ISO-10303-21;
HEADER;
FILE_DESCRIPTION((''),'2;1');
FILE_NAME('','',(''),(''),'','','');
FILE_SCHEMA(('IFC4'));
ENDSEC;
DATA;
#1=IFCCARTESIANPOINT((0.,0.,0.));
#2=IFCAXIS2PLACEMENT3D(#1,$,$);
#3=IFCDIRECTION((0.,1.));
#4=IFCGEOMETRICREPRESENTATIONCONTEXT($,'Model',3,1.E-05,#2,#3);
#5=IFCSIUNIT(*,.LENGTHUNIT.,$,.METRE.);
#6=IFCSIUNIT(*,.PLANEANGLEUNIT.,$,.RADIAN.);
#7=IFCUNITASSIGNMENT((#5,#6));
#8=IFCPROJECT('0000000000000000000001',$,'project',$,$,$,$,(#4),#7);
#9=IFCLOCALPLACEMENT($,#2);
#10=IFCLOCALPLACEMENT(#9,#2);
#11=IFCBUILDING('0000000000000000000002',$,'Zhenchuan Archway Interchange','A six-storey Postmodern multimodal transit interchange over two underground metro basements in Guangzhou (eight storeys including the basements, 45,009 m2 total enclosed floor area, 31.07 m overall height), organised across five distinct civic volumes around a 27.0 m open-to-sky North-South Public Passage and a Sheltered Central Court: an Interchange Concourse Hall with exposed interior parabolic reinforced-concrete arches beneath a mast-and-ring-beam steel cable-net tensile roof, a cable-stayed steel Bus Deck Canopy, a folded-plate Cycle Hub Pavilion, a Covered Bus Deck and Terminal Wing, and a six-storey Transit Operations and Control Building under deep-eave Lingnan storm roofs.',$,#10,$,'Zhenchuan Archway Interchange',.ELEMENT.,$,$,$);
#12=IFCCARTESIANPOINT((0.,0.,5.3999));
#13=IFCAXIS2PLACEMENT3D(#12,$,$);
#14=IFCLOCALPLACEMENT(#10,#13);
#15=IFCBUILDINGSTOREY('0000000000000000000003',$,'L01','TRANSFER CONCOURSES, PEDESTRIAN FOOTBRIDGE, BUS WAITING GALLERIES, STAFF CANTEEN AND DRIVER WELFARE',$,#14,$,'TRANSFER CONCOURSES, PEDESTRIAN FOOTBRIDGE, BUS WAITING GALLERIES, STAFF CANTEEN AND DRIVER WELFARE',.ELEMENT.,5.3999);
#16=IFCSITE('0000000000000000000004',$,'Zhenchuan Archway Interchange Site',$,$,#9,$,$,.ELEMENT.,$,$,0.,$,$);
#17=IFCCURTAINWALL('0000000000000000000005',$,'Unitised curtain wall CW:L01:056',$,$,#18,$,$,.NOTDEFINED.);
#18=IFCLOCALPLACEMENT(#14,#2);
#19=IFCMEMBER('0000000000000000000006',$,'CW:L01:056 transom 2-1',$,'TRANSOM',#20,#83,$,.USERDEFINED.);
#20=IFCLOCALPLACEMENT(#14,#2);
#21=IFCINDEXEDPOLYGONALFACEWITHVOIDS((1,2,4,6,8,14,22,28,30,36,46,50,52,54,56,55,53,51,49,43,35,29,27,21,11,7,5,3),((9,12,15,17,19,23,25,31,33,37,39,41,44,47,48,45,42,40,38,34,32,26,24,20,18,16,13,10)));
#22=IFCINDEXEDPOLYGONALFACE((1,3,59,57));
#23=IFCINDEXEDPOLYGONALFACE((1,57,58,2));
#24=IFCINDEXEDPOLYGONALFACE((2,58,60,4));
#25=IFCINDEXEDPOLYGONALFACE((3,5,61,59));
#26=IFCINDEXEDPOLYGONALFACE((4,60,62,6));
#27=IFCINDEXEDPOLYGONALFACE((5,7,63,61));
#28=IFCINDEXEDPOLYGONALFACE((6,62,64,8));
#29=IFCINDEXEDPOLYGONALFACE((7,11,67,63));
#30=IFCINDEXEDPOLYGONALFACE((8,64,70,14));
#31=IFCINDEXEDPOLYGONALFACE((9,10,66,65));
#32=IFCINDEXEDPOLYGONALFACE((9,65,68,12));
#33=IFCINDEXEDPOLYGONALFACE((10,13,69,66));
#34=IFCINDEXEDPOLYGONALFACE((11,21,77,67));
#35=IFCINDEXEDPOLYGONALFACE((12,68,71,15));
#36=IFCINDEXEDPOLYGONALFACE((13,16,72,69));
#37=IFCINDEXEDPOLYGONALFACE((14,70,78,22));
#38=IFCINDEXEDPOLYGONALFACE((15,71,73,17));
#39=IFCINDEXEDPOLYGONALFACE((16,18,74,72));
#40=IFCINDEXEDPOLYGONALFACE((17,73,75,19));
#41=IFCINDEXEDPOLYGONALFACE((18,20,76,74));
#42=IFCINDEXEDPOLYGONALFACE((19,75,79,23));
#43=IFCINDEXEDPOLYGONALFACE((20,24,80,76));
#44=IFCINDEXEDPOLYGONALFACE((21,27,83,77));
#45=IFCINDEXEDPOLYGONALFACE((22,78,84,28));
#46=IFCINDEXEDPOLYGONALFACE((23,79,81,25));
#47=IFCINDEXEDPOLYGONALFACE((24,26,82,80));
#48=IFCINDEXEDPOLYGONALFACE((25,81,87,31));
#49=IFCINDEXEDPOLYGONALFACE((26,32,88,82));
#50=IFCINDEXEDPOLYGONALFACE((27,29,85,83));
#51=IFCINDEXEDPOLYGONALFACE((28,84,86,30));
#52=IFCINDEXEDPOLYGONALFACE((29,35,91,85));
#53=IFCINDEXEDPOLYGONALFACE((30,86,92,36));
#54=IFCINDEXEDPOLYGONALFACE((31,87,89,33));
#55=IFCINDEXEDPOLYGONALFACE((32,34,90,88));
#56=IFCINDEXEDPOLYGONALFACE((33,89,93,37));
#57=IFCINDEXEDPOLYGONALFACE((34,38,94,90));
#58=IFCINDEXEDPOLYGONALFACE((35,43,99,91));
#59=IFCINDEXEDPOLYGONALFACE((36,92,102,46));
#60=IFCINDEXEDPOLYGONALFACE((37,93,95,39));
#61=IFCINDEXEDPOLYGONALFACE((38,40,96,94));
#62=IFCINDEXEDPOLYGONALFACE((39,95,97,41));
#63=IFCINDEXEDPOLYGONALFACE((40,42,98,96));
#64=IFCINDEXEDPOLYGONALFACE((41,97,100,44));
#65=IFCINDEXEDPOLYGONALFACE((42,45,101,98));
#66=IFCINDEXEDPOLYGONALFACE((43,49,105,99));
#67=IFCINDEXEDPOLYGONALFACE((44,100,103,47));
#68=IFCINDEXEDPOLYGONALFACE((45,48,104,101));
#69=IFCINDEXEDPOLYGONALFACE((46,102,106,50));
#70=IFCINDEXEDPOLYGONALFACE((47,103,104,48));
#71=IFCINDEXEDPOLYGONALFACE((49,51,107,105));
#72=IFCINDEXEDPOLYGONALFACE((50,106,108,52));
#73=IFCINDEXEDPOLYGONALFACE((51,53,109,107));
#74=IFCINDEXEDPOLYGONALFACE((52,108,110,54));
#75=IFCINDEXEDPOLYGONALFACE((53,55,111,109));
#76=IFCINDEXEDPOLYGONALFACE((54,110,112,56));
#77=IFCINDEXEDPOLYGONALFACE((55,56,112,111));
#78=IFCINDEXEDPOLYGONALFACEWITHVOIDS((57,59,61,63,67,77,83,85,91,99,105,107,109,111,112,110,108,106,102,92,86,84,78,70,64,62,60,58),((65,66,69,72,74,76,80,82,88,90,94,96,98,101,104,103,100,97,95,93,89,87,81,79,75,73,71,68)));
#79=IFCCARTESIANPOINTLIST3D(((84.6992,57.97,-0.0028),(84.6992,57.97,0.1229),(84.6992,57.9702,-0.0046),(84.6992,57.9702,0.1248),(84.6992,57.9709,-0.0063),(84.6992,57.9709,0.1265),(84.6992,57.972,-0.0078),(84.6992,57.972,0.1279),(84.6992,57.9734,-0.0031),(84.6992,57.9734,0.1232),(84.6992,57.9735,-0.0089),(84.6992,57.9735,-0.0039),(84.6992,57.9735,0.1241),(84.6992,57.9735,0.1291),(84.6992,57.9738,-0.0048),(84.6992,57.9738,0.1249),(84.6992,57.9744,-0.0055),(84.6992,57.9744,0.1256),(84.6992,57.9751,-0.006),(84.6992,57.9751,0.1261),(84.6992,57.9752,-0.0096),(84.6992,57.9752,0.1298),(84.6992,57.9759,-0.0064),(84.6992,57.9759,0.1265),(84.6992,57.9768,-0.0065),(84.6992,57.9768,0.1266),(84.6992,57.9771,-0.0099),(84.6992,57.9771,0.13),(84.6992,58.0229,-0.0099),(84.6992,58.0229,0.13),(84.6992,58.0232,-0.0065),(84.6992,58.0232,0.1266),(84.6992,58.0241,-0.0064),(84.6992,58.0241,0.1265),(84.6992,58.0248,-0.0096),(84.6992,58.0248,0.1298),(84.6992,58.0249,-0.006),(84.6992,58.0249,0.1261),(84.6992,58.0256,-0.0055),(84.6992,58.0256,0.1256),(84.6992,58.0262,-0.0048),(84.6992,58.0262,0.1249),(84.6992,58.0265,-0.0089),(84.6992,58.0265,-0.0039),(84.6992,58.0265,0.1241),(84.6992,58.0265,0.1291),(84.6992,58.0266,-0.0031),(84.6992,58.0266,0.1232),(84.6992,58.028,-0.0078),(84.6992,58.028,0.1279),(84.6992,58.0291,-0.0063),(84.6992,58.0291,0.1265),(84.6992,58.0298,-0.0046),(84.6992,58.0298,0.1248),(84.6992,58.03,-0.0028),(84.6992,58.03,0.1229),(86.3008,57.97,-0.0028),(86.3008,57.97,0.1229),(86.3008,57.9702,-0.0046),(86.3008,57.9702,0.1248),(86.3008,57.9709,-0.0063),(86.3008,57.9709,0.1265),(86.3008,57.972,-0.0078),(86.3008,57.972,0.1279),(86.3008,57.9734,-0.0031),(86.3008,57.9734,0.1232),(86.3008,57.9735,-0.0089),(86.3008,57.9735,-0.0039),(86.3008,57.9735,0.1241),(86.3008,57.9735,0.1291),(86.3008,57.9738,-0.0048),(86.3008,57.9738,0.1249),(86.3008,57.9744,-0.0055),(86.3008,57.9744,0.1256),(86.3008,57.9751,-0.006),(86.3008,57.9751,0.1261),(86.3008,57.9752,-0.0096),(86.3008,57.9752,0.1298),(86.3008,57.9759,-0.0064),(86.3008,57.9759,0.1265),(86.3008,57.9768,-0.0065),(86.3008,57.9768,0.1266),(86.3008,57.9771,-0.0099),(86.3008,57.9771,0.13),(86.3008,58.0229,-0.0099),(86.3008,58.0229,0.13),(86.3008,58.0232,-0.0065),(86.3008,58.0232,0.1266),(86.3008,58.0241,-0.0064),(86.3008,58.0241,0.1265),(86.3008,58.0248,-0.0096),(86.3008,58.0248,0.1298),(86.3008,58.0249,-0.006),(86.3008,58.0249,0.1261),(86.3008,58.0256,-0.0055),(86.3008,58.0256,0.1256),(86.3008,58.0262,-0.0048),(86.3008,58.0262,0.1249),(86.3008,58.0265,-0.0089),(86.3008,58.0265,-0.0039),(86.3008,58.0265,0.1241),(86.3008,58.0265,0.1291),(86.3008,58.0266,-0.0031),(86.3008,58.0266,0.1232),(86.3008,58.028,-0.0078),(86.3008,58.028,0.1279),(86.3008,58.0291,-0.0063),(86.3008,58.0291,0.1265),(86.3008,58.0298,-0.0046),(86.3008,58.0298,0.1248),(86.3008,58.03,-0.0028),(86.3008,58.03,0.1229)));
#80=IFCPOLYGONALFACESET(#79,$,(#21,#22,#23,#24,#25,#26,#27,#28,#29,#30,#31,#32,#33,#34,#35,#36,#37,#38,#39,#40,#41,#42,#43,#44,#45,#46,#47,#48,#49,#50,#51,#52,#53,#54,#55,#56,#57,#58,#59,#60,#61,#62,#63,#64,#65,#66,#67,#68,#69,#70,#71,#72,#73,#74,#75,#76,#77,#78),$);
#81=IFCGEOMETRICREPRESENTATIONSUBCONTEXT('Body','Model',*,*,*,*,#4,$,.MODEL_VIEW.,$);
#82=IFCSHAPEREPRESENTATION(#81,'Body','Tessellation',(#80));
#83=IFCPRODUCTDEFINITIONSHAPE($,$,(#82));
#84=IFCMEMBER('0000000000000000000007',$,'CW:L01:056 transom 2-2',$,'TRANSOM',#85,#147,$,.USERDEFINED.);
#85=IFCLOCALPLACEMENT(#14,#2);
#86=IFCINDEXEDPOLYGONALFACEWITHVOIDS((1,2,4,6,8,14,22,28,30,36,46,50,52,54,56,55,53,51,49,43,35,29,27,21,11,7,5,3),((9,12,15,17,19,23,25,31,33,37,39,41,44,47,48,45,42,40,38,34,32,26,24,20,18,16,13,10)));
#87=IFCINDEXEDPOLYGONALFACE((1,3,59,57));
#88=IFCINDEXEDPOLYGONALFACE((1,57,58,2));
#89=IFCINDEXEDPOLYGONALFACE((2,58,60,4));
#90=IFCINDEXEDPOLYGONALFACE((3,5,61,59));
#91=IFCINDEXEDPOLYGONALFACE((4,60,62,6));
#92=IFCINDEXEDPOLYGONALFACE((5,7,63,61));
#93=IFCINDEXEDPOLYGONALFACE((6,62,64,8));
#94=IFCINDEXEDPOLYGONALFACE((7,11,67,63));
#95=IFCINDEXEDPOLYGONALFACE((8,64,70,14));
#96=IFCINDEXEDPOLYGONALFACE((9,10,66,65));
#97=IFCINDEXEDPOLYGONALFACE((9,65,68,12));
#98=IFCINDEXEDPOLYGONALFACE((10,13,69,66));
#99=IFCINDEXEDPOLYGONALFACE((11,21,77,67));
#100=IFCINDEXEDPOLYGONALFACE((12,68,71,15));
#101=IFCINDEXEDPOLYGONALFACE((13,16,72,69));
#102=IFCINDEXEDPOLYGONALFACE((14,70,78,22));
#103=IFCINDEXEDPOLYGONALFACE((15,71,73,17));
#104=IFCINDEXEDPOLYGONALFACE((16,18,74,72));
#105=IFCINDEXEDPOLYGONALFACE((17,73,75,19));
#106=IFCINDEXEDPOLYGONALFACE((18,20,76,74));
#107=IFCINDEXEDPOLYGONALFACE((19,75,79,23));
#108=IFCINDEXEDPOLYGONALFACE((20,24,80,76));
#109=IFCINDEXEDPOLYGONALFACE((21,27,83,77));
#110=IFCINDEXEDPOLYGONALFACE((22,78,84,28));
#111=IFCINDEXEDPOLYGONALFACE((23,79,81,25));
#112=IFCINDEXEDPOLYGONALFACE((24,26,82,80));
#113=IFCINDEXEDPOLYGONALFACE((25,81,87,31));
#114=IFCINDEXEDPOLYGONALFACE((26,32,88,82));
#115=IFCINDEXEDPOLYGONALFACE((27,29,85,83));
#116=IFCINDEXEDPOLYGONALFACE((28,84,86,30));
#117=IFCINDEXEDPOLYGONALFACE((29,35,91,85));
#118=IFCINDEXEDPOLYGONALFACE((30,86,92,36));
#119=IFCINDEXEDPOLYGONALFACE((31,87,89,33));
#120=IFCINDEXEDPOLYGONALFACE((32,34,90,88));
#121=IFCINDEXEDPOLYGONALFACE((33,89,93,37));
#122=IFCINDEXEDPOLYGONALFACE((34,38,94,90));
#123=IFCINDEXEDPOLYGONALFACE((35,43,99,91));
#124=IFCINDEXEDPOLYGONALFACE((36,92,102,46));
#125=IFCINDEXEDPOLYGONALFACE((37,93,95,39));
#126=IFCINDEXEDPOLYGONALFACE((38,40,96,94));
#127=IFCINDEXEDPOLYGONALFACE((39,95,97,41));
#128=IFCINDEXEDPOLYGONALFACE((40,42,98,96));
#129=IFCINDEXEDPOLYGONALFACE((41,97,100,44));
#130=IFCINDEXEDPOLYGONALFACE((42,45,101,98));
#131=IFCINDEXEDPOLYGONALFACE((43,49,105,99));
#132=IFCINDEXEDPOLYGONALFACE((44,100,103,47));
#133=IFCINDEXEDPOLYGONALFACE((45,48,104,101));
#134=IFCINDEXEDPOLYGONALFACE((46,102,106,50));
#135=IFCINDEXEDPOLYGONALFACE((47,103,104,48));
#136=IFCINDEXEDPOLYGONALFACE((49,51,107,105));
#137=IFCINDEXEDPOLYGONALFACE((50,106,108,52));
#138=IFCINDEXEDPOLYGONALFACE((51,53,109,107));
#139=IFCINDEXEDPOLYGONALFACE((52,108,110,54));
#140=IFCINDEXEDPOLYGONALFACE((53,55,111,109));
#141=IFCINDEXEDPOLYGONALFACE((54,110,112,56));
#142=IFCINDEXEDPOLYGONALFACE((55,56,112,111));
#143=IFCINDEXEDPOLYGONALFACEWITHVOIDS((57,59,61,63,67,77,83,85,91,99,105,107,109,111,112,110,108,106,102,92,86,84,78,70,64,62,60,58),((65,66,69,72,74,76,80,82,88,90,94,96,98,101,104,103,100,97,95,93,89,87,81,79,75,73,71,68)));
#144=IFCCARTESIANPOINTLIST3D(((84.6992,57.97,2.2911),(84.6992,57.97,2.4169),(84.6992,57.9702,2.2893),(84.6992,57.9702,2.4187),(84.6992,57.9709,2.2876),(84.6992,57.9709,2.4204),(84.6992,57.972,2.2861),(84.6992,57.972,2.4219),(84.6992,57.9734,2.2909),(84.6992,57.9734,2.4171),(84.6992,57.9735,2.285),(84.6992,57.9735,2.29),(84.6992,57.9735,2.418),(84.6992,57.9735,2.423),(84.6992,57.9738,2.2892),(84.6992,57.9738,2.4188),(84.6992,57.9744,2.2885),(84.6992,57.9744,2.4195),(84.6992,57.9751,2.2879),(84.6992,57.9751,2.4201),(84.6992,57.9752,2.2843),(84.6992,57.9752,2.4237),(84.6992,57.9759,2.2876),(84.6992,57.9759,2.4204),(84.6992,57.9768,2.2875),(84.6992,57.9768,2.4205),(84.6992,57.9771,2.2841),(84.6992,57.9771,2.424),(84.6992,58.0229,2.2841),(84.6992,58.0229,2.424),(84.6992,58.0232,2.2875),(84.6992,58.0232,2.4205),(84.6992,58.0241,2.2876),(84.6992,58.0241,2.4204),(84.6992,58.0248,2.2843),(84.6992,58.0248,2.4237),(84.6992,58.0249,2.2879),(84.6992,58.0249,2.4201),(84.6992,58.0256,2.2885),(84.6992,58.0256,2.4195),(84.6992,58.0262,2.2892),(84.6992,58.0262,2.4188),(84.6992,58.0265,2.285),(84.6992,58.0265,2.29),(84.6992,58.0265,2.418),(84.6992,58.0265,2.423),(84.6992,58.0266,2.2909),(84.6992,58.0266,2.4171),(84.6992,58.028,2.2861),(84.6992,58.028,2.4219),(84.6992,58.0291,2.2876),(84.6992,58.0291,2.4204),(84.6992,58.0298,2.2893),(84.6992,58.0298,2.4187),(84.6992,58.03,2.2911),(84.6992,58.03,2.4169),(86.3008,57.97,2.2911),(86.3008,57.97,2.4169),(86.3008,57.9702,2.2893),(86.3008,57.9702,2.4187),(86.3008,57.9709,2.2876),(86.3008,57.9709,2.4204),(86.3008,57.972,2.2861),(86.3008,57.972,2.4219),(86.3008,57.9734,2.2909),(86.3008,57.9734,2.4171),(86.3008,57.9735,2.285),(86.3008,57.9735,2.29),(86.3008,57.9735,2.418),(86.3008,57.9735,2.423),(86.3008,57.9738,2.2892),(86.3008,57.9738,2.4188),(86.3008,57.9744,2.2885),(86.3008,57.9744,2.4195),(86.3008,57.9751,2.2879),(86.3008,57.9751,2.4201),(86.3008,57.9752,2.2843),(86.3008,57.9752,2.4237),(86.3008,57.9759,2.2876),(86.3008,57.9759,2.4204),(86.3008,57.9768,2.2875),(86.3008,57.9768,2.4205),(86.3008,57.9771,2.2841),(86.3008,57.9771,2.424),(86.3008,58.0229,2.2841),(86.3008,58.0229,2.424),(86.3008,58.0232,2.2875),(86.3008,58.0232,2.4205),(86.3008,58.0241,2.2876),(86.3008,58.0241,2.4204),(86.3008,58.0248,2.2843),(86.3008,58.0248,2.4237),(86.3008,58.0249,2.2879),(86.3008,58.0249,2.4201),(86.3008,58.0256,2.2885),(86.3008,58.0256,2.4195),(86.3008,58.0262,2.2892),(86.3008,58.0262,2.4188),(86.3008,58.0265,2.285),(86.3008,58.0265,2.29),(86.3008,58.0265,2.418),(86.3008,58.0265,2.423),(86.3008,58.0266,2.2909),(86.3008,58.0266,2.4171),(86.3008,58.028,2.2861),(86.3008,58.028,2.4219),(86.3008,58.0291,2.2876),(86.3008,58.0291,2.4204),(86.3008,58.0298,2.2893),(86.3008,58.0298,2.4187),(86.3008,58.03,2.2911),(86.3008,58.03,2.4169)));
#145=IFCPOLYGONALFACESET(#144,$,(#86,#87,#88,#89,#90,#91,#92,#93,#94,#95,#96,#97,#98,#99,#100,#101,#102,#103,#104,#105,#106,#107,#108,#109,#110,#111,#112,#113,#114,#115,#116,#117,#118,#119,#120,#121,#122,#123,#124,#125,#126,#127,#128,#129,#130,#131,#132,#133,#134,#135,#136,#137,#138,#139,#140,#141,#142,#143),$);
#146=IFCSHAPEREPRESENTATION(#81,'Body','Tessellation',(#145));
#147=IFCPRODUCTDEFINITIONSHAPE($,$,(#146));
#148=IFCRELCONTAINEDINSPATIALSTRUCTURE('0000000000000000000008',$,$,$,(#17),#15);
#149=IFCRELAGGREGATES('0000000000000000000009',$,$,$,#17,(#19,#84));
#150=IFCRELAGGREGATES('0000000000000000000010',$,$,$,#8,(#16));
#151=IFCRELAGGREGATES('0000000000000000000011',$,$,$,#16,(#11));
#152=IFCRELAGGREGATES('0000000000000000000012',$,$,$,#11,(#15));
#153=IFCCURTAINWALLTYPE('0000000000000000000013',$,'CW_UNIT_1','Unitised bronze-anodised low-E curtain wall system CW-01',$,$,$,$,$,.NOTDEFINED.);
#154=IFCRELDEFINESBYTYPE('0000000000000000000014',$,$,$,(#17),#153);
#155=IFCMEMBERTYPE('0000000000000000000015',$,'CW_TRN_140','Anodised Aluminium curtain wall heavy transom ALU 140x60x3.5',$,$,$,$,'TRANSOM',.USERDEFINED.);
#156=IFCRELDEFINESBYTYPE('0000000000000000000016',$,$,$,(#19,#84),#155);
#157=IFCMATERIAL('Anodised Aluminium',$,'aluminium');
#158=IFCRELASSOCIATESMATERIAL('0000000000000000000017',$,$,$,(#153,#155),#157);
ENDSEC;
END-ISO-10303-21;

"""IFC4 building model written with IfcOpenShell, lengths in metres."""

from ifc_helpers import new_model, si_unit, direction, frame, origin, origin_2d, place, context, subcontext, project, spatial, hollow_rectangle, extrude, material, material_profile, profile_set, type_object, element, aggregate, save


model = new_model("IFC4")

# Units and contexts
model_context = context("Model", 3, precision=1e-05, world=origin(), true_north=direction((0.0, 1.0)))
body_context = subcontext(model_context, "Body", "Model", "MODEL_VIEW")
ifc_project = project(units=[si_unit("LENGTHUNIT", "METRE"), si_unit("PLANEANGLEUNIT", "RADIAN")], contexts=[model_context])

# Site, building, storey
site_placement = place(None, origin())
site = spatial("IfcSite", under=ifc_project, at=site_placement, Name="Zhenchuan Archway Interchange Site", CompositionType="ELEMENT", RefElevation=0.0)
building_placement = place(site_placement, origin())
building = spatial("IfcBuilding", under=site, at=building_placement, Name="Zhenchuan Archway Interchange", Description="A six-storey Postmodern multimodal transit interchange over two underground metro basements in Guangzhou (eight storeys including the basements, 45,009 m2 total enclosed floor area, 31.07 m overall height), organised across five distinct civic volumes around a 27.0 m open-to-sky North-South Public Passage and a Sheltered Central Court: an Interchange Concourse Hall with exposed interior parabolic reinforced-concrete arches beneath a mast-and-ring-beam steel cable-net tensile roof, a cable-stayed steel Bus Deck Canopy, a folded-plate Cycle Hub Pavilion, a Covered Bus Deck and Terminal Wing, and a six-storey Transit Operations and Control Building under deep-eave Lingnan storm roofs.", LongName="Zhenchuan Archway Interchange", CompositionType="ELEMENT")
storey_placement = place(building_placement, frame((0.0, 0.0, 5.3999)))
storey = spatial("IfcBuildingStorey", under=building, at=storey_placement, Name="L01", Description="TRANSFER CONCOURSES, PEDESTRIAN FOOTBRIDGE, BUS WAITING GALLERIES, STAFF CANTEEN AND DRIVER WELFARE", LongName="TRANSFER CONCOURSES, PEDESTRIAN FOOTBRIDGE, BUS WAITING GALLERIES, STAFF CANTEEN AND DRIVER WELFARE", CompositionType="ELEMENT", Elevation=5.3999)

# Shared definitions
ifc_material_1 = material(Name="Anodised Aluminium", Category="aluminium")

# Curtain wall
curtain_wall_type_1 = type_object("IfcCurtainWallType", Name="CW_UNIT_1", Description="Unitised bronze-anodised low-E curtain wall system CW-01", PredefinedType="NOTDEFINED", material=ifc_material_1)
curtain_wall_1_placement = place(storey_placement, origin())
curtain_wall_1 = element("IfcCurtainWall", 1, at=curtain_wall_1_placement, inside=storey, type_object=curtain_wall_type_1, Name="Unitised curtain wall CW:L01:056", PredefinedType="NOTDEFINED")

# Members
ifc_material_profile_1 = material_profile(ifc_material_1, hollow_rectangle(XDim=0.0601, YDim=0.1399, WallThickness=0.0034, InnerFilletRadius=0.0034, OuterFilletRadius=0.0071, at=origin_2d()), Name="ALU 140x60x3.5")
ifc_profile_set_1 = profile_set([ifc_material_profile_1], Name="Anodised Aluminium")
member_type_1 = type_object("IfcMemberType", Name="CW_TRN_140", Description="Anodised Aluminium curtain wall heavy transom ALU 140x60x3.5", ElementType="TRANSOM", PredefinedType="USERDEFINED", material=ifc_profile_set_1)
member_1_placement = place(storey_placement, frame((84.6992, 58.0, 0.0601), z_axis=(1.0, 0.0, 0.0), x_axis=(0.0, 1.0, 0.0)))
member_1 = element("IfcMember", 2, at=member_1_placement, type_object=member_type_1, Name="CW:L01:056 transom 2-1", ObjectType="TRANSOM", PredefinedType="USERDEFINED", context=body_context, shape_type="SweptSolid", body=[
    extrude(hollow_rectangle(XDim=0.0601, YDim=0.1399, WallThickness=0.0034, InnerFilletRadius=0.0034, OuterFilletRadius=0.0071, at=origin_2d()), origin(), (0.0, 0.0, 1.0), 1.6016),
])
member_2_placement = place(storey_placement, frame((84.6992, 58.0, 2.354), z_axis=(1.0, 0.0, 0.0), x_axis=(0.0, 1.0, 0.0)))
member_2 = element("IfcMember", 3, at=member_2_placement, type_object=member_type_1, Name="CW:L01:056 transom 2-2", ObjectType="TRANSOM", PredefinedType="USERDEFINED", context=body_context, shape_type="SweptSolid", body=[
    extrude(hollow_rectangle(XDim=0.0601, YDim=0.1399, WallThickness=0.0034, InnerFilletRadius=0.0034, OuterFilletRadius=0.0071, at=origin_2d()), origin(), (0.0, 0.0, 1.0), 1.6016),
])

aggregate(curtain_wall_1, [member_1, member_2])

save(model, "model.ifc")
